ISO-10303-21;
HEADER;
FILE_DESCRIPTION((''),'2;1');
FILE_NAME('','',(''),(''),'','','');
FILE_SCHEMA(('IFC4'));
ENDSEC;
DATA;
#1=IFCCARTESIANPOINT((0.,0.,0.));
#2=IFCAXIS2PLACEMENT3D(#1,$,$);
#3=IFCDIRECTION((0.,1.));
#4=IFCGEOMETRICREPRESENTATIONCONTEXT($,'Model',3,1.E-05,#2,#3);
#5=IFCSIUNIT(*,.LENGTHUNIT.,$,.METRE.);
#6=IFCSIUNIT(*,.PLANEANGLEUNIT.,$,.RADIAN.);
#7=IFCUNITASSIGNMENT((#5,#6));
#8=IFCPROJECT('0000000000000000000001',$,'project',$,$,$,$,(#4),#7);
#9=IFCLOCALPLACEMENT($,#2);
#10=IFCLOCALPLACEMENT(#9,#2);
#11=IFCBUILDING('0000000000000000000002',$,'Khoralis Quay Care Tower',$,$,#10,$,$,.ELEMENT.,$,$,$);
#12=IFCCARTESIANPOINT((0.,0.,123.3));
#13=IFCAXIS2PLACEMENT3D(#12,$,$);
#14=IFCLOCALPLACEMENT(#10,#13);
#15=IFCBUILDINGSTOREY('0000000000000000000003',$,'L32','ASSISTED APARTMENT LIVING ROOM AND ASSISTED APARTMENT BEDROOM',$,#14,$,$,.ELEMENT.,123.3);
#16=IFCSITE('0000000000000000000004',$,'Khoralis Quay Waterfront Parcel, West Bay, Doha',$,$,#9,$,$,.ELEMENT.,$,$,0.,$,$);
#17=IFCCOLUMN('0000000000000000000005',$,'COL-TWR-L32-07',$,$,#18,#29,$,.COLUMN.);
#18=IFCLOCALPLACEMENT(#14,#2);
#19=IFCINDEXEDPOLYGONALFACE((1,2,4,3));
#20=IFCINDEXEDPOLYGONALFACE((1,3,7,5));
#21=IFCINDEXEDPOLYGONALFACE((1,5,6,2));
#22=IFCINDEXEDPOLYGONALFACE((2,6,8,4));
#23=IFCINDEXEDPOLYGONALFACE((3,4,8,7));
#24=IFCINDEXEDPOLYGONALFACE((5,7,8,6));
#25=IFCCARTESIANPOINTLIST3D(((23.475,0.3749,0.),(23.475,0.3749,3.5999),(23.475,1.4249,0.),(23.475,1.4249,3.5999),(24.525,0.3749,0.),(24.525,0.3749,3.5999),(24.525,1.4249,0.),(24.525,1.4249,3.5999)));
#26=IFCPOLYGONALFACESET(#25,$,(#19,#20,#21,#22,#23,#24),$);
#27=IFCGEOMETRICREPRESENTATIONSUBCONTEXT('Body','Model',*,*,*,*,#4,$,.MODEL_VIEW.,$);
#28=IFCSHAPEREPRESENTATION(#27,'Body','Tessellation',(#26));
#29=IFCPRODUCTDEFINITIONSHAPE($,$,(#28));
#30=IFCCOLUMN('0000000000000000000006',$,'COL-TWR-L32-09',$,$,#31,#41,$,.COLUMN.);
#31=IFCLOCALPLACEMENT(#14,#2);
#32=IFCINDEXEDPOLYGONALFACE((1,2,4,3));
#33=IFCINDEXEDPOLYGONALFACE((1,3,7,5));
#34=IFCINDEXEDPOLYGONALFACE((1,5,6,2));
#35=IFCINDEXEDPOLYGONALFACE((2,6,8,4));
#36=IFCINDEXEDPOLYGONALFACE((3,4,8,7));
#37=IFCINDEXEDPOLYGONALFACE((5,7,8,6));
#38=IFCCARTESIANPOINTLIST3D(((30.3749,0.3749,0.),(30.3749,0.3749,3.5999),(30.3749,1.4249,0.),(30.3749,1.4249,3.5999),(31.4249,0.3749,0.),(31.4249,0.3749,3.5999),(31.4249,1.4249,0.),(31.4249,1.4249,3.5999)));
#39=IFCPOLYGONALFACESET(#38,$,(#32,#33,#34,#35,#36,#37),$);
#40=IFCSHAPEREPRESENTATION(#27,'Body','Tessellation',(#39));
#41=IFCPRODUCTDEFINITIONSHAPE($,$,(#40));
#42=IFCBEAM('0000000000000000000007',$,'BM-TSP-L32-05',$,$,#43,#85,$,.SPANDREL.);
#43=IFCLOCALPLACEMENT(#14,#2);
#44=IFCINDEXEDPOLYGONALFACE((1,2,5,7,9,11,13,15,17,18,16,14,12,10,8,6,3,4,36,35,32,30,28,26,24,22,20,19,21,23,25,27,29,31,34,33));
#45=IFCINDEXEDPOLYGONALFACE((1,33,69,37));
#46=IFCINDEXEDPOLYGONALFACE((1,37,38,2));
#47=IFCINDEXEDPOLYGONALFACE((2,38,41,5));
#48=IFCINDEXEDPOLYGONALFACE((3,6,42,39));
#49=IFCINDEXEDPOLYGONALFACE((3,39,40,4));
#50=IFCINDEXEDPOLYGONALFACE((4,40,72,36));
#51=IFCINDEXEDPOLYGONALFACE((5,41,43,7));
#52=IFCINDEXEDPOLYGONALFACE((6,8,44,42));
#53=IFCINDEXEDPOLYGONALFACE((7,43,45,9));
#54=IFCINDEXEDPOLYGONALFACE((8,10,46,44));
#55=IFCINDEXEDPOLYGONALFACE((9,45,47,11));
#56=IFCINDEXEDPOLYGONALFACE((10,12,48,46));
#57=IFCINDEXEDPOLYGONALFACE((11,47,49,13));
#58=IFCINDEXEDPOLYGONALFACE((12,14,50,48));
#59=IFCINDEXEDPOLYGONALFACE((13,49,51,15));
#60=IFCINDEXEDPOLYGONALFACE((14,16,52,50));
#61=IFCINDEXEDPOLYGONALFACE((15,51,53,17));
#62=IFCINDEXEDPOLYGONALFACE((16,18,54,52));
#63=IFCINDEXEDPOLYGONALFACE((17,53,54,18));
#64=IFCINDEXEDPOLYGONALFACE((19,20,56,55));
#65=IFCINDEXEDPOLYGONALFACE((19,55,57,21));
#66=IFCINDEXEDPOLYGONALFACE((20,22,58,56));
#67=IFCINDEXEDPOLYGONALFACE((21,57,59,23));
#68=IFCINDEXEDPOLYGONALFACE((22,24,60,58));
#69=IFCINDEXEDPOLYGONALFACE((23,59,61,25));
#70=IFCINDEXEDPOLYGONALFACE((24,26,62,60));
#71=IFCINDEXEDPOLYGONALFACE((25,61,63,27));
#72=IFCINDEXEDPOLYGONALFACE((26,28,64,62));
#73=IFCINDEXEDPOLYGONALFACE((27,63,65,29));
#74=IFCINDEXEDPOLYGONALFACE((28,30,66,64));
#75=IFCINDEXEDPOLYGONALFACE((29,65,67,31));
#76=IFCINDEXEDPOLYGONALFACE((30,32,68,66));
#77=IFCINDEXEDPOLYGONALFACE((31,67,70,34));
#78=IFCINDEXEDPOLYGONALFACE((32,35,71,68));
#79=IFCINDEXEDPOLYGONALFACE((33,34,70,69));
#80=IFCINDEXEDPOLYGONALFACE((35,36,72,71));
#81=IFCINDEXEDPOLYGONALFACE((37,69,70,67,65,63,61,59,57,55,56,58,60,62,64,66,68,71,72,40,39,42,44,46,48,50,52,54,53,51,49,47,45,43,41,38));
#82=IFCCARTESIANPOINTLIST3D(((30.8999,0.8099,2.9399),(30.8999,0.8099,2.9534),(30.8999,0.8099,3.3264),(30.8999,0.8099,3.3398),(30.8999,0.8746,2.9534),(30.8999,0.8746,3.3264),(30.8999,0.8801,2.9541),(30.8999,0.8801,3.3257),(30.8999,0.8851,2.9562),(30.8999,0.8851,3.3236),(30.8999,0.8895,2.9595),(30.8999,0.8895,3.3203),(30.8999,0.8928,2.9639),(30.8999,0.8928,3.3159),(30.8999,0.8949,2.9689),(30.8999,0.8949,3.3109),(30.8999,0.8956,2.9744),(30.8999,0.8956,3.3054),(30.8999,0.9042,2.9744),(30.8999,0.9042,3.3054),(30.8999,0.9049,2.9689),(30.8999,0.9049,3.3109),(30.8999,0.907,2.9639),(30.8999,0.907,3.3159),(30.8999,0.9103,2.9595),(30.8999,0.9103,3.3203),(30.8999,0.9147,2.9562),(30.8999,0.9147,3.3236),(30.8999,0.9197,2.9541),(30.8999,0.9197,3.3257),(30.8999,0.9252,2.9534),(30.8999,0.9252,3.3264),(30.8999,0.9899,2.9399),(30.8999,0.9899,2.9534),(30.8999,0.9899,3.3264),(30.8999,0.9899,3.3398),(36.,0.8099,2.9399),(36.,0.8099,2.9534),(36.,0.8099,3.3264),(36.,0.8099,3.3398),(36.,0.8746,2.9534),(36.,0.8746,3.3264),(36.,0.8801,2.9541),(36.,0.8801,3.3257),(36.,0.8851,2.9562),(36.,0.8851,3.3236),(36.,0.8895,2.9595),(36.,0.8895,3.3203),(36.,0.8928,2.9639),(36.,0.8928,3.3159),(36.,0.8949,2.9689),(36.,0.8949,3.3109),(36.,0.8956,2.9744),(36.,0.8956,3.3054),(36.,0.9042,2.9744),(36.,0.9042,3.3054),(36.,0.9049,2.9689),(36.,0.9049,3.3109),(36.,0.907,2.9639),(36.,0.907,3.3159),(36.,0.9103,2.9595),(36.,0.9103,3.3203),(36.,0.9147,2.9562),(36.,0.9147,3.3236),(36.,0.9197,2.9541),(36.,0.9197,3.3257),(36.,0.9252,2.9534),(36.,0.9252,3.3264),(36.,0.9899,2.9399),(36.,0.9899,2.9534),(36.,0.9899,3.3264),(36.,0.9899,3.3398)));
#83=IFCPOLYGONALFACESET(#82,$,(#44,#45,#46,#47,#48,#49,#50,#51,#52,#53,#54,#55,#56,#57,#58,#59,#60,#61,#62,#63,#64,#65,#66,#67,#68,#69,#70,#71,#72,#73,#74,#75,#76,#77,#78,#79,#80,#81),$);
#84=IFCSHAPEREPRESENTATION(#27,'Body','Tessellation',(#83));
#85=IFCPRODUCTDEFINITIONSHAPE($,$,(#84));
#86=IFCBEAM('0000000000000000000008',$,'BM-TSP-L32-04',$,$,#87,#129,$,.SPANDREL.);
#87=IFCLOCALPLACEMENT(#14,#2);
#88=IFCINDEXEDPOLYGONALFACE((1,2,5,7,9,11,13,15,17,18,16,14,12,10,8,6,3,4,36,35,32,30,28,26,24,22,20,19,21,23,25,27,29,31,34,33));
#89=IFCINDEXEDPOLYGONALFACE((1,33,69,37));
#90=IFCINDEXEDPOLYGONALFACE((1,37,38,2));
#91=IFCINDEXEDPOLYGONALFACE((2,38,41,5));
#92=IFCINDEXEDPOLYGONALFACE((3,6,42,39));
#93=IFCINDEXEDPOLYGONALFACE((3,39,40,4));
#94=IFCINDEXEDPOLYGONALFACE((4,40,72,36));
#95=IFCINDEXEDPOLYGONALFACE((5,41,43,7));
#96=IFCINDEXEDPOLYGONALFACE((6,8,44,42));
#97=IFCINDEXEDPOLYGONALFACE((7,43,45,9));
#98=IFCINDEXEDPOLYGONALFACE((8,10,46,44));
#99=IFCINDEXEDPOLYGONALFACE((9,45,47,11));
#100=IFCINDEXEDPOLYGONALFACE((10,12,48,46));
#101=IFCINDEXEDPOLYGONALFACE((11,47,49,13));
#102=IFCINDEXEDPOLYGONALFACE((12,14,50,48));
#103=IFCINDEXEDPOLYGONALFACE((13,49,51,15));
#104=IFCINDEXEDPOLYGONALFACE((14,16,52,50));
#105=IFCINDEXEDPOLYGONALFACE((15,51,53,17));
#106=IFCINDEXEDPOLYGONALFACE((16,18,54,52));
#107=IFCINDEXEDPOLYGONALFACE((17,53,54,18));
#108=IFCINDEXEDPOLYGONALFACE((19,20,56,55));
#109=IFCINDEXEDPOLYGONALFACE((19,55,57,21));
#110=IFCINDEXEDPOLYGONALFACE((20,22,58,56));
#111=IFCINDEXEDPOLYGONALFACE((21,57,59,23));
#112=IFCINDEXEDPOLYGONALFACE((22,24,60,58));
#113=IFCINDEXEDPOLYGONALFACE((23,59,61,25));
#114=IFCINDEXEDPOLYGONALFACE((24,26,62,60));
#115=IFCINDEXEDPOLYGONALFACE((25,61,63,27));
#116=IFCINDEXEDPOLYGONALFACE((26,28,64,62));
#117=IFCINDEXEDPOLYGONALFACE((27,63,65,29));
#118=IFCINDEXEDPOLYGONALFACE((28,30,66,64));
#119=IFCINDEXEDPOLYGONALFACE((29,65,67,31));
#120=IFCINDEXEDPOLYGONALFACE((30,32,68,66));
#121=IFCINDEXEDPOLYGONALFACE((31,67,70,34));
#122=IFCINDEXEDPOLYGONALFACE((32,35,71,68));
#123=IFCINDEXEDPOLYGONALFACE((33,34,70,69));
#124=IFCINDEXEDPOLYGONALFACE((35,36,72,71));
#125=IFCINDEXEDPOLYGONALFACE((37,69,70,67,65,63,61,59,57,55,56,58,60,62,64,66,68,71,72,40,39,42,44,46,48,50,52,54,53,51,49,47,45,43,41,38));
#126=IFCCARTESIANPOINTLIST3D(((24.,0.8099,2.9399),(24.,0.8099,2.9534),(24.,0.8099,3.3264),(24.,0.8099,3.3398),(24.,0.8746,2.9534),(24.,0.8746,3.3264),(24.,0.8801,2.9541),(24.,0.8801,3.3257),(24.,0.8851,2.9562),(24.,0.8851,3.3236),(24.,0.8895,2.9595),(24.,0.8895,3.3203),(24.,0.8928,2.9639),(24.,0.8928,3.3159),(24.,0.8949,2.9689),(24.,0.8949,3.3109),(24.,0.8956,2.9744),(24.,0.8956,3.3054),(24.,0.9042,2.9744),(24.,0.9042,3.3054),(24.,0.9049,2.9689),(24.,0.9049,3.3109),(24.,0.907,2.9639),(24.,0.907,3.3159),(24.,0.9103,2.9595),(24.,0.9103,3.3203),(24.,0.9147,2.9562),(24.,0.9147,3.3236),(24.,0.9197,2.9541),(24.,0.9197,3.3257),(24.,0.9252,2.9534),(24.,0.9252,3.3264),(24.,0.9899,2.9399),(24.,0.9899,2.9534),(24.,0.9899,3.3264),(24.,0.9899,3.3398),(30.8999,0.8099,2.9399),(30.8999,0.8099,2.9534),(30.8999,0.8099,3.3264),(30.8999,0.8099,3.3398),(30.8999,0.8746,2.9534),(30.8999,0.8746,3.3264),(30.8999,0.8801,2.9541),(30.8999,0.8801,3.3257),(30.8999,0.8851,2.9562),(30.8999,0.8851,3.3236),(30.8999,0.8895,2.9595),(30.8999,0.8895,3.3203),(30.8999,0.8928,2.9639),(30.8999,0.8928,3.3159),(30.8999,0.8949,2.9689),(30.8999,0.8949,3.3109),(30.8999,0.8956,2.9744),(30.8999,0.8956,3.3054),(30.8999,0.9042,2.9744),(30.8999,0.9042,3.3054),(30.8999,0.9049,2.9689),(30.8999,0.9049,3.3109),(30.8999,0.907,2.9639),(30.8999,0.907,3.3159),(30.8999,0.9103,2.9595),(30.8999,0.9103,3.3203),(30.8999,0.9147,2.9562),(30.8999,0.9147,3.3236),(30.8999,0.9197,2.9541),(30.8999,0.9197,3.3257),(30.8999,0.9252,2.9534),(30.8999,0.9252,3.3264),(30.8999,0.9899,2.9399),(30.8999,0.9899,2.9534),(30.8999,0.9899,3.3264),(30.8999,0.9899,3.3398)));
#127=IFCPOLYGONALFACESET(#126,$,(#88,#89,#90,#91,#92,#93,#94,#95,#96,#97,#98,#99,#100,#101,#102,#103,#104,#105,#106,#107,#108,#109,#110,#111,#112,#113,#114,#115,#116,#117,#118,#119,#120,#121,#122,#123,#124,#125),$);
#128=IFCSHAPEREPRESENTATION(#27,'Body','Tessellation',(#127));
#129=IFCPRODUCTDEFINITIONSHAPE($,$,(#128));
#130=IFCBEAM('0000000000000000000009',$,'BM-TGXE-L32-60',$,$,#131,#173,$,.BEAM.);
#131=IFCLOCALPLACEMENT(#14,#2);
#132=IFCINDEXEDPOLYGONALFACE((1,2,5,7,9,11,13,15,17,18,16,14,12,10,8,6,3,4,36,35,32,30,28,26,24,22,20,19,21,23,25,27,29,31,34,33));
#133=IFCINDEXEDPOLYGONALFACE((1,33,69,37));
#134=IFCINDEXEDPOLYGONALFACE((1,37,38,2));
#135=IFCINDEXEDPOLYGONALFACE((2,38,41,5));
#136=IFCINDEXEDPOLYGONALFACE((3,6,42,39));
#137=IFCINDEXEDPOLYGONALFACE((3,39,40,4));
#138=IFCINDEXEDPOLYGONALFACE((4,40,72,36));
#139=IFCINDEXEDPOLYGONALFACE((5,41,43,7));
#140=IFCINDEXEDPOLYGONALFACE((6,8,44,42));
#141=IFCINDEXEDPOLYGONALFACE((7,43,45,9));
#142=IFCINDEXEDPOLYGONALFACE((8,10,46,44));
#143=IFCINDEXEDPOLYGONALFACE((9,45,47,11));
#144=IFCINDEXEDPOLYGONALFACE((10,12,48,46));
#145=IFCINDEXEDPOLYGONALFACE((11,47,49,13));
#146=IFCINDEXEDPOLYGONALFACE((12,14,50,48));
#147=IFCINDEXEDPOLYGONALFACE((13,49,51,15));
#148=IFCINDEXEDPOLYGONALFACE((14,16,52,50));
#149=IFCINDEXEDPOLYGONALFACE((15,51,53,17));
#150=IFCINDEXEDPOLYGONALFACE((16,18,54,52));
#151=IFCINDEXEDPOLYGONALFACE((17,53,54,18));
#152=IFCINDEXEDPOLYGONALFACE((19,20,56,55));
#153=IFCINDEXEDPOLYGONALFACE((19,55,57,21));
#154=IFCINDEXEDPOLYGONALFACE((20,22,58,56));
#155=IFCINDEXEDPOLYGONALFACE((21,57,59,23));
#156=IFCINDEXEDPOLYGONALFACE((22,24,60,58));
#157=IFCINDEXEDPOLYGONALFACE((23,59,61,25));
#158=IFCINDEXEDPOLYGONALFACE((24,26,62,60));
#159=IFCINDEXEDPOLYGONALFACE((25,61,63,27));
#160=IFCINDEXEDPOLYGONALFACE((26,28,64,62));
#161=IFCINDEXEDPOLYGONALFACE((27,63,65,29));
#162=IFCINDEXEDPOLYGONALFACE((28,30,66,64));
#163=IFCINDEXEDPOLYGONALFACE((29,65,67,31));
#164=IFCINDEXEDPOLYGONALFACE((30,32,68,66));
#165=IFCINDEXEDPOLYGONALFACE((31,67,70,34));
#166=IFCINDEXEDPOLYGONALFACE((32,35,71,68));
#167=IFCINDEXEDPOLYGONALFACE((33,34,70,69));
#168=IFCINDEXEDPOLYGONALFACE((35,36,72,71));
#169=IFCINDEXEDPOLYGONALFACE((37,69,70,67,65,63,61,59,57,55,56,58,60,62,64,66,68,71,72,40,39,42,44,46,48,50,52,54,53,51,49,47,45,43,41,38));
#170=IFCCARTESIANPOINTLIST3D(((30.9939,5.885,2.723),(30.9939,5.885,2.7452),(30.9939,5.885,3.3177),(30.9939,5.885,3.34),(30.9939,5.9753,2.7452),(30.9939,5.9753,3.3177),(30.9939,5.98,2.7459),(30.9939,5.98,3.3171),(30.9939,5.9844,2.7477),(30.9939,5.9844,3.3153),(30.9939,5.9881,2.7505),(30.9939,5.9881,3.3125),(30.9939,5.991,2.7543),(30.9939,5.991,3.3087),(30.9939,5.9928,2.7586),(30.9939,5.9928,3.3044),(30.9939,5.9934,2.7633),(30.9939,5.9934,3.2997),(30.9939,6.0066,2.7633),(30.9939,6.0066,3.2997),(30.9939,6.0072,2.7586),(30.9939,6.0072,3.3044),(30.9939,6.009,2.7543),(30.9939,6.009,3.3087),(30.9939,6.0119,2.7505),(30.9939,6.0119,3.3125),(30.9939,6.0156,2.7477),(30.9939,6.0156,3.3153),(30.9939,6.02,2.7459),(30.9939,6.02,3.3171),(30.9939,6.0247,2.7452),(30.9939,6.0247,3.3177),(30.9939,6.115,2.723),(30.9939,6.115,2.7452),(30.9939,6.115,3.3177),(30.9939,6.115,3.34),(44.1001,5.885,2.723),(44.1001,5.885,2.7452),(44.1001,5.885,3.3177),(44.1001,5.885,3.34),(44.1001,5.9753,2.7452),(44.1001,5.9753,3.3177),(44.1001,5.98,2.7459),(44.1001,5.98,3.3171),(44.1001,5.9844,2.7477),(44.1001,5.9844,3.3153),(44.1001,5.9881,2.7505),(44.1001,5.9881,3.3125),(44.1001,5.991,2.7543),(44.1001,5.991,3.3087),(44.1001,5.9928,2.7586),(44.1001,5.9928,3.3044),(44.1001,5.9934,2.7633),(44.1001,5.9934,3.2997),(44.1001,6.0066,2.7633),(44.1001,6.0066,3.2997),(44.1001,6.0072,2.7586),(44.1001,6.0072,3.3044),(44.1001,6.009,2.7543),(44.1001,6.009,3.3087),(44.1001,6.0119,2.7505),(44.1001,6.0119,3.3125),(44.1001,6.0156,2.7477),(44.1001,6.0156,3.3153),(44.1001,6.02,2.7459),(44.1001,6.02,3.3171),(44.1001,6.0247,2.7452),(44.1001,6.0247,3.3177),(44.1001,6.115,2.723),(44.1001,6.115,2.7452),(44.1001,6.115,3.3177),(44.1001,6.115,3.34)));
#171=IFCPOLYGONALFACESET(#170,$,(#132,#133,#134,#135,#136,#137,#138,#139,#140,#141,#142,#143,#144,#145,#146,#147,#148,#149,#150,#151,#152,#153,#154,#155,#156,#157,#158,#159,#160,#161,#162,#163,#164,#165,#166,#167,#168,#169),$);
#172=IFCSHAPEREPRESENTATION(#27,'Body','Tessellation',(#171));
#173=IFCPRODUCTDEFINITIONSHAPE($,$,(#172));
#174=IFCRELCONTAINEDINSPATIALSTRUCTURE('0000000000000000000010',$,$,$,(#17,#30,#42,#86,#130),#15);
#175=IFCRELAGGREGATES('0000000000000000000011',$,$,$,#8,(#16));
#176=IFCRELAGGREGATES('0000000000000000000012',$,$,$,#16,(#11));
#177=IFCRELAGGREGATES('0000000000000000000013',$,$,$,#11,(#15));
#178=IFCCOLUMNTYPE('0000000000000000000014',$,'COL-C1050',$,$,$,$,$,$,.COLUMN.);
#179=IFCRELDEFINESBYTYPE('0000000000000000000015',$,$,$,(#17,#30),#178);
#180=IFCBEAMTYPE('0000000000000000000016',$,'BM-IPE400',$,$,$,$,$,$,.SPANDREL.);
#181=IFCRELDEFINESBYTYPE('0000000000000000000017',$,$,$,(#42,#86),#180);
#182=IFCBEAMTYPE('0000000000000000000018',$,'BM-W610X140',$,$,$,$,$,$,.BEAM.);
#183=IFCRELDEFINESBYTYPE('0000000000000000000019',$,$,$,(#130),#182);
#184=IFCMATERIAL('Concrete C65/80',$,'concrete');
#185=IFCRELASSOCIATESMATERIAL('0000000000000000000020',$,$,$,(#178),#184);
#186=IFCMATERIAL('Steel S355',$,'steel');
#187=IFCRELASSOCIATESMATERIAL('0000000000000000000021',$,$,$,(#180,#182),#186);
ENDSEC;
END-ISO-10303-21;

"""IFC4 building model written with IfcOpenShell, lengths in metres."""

from ifc_helpers import new_model, si_unit, direction, frame, origin, origin_2d, place, context, subcontext, project, spatial, rectangle, i_section, extrude, source, transform, mapped, material, material_profile, profile_set, type_object, element, save


model = new_model("IFC4")

# Units and contexts
model_context = context("Model", 3, precision=1e-05, world=origin(), true_north=direction((0.0, 1.0)))
body_context = subcontext(model_context, "Body", "Model", "MODEL_VIEW")
ifc_project = project(units=[si_unit("LENGTHUNIT", "METRE"), si_unit("PLANEANGLEUNIT", "RADIAN")], contexts=[model_context])

# Site, building, storey
site_placement = place(None, origin())
site = spatial("IfcSite", under=ifc_project, at=site_placement, Name="Khoralis Quay Waterfront Parcel, West Bay, Doha", CompositionType="ELEMENT", RefElevation=0.0)
building_placement = place(site_placement, origin())
building = spatial("IfcBuilding", under=site, at=building_placement, Name="Khoralis Quay Care Tower", CompositionType="ELEMENT")
storey_placement = place(building_placement, frame((0.0, 0.0, 123.3)))
storey = spatial("IfcBuildingStorey", under=building, at=storey_placement, Name="L32", Description="ASSISTED APARTMENT LIVING ROOM AND ASSISTED APARTMENT BEDROOM", CompositionType="ELEMENT", Elevation=123.3)

# Columns
ifc_material_1 = material(Name="Concrete C65/80", Category="concrete")
ifc_material_profile_1 = material_profile(ifc_material_1, rectangle(XDim=1.05, YDim=1.05, at=origin_2d()), Name="Concrete C65/80")
ifc_profile_set_1 = profile_set([ifc_material_profile_1], Name="Concrete C65/80")
column_type = type_object("IfcColumnType", Name="COL-C1050", PredefinedType="COLUMN", material=ifc_profile_set_1)
shared_shape_1 = source(origin(), body_context, "Body", "SweptSolid", [
    extrude(rectangle(XDim=1.05, YDim=1.05, at=origin_2d()), origin(), (0.0, 0.0, 1.0), 3.5999),
])
for number, where, z_axis, x_axis, name in (
    (1, (24.0, 0.8999, 0.0), (0.0, 0.0, 1.0), (1.0, 0.0, 0.0), "COL-TWR-L32-07"),
    (2, (30.8999, 0.8999, 0.0), (0.0, 0.0, 1.0), (1.0, 0.0, 0.0), "COL-TWR-L32-09"),
):
    element("IfcColumn", number, at=place(storey_placement, frame(where, z_axis=z_axis, x_axis=x_axis)), inside=storey, type_object=column_type, Name=name, PredefinedType="COLUMN", context=body_context, shape_type="MappedRepresentation", body=[
        mapped(shared_shape_1, transform((0.0, 0.0, 0.0), scale=1.0)),
    ])

# Beams
ifc_material_2 = material(Name="Steel S355", Category="steel")
ifc_material_profile_2 = material_profile(ifc_material_2, i_section(OverallWidth=0.1799, OverallDepth=0.3999, WebThickness=0.0085, FlangeThickness=0.0134, FilletRadius=0.021, at=origin_2d()), Name="Steel S355")
ifc_profile_set_2 = profile_set([ifc_material_profile_2], Name="Steel S355")
beam_type_1 = type_object("IfcBeamType", Name="BM-IPE400", PredefinedType="SPANDREL", material=ifc_profile_set_2)
shared_shape_2 = source(origin(), body_context, "Body", "SweptSolid", [
    extrude(i_section(OverallWidth=0.1799, OverallDepth=0.3999, WebThickness=0.0085, FlangeThickness=0.0134, FilletRadius=0.021, at=origin_2d()), origin(), (0.0, 0.0, 1.0), 5.1001),
])
beam_1_placement = place(storey_placement, frame((30.8999, 0.8999, 3.1399), z_axis=(1.0, 0.0, 0.0), x_axis=(0.0, 1.0, 0.0)))
element("IfcBeam", 3, at=beam_1_placement, inside=storey, type_object=beam_type_1, Name="BM-TSP-L32-05", PredefinedType="SPANDREL", context=body_context, shape_type="MappedRepresentation", body=[
    mapped(shared_shape_2, transform((0.0, 0.0, 0.0), scale=1.0)),
])
shared_shape_3 = source(origin(), body_context, "Body", "SweptSolid", [
    extrude(i_section(OverallWidth=0.1799, OverallDepth=0.3999, WebThickness=0.0085, FlangeThickness=0.0134, FilletRadius=0.021, at=origin_2d()), origin(), (0.0, 0.0, 1.0), 6.8999),
])
beam_2_placement = place(storey_placement, frame((24.0, 0.8999, 3.1399), z_axis=(1.0, 0.0, 0.0), x_axis=(0.0, 1.0, 0.0)))
element("IfcBeam", 4, at=beam_2_placement, inside=storey, type_object=beam_type_1, Name="BM-TSP-L32-04", PredefinedType="SPANDREL", context=body_context, shape_type="MappedRepresentation", body=[
    mapped(shared_shape_3, transform((0.0, 0.0, 0.0), scale=1.0)),
])
ifc_material_profile_3 = material_profile(ifc_material_2, i_section(OverallWidth=0.23, OverallDepth=0.6169, WebThickness=0.0132, FlangeThickness=0.0222, FilletRadius=0.0181, at=origin_2d()), Name="Steel S355")
ifc_profile_set_3 = profile_set([ifc_material_profile_3], Name="Steel S355")
beam_type_2 = type_object("IfcBeamType", Name="BM-W610X140", PredefinedType="BEAM", material=ifc_profile_set_3)
shared_shape_4 = source(origin(), body_context, "Body", "SweptSolid", [
    extrude(i_section(OverallWidth=0.23, OverallDepth=0.6169, WebThickness=0.0132, FlangeThickness=0.0222, FilletRadius=0.0181, at=origin_2d()), origin(), (0.0, 0.0, 1.0), 13.1062),
])
beam_3_placement = place(storey_placement, frame((30.9939, 6.0, 3.0315), z_axis=(1.0, 0.0, 0.0), x_axis=(0.0, 1.0, 0.0)))
element("IfcBeam", 5, at=beam_3_placement, inside=storey, type_object=beam_type_2, Name="BM-TGXE-L32-60", PredefinedType="BEAM", context=body_context, shape_type="MappedRepresentation", body=[
    mapped(shared_shape_4, transform((0.0, 0.0, 0.0), scale=1.0)),
])

save(model, "model.ifc")
